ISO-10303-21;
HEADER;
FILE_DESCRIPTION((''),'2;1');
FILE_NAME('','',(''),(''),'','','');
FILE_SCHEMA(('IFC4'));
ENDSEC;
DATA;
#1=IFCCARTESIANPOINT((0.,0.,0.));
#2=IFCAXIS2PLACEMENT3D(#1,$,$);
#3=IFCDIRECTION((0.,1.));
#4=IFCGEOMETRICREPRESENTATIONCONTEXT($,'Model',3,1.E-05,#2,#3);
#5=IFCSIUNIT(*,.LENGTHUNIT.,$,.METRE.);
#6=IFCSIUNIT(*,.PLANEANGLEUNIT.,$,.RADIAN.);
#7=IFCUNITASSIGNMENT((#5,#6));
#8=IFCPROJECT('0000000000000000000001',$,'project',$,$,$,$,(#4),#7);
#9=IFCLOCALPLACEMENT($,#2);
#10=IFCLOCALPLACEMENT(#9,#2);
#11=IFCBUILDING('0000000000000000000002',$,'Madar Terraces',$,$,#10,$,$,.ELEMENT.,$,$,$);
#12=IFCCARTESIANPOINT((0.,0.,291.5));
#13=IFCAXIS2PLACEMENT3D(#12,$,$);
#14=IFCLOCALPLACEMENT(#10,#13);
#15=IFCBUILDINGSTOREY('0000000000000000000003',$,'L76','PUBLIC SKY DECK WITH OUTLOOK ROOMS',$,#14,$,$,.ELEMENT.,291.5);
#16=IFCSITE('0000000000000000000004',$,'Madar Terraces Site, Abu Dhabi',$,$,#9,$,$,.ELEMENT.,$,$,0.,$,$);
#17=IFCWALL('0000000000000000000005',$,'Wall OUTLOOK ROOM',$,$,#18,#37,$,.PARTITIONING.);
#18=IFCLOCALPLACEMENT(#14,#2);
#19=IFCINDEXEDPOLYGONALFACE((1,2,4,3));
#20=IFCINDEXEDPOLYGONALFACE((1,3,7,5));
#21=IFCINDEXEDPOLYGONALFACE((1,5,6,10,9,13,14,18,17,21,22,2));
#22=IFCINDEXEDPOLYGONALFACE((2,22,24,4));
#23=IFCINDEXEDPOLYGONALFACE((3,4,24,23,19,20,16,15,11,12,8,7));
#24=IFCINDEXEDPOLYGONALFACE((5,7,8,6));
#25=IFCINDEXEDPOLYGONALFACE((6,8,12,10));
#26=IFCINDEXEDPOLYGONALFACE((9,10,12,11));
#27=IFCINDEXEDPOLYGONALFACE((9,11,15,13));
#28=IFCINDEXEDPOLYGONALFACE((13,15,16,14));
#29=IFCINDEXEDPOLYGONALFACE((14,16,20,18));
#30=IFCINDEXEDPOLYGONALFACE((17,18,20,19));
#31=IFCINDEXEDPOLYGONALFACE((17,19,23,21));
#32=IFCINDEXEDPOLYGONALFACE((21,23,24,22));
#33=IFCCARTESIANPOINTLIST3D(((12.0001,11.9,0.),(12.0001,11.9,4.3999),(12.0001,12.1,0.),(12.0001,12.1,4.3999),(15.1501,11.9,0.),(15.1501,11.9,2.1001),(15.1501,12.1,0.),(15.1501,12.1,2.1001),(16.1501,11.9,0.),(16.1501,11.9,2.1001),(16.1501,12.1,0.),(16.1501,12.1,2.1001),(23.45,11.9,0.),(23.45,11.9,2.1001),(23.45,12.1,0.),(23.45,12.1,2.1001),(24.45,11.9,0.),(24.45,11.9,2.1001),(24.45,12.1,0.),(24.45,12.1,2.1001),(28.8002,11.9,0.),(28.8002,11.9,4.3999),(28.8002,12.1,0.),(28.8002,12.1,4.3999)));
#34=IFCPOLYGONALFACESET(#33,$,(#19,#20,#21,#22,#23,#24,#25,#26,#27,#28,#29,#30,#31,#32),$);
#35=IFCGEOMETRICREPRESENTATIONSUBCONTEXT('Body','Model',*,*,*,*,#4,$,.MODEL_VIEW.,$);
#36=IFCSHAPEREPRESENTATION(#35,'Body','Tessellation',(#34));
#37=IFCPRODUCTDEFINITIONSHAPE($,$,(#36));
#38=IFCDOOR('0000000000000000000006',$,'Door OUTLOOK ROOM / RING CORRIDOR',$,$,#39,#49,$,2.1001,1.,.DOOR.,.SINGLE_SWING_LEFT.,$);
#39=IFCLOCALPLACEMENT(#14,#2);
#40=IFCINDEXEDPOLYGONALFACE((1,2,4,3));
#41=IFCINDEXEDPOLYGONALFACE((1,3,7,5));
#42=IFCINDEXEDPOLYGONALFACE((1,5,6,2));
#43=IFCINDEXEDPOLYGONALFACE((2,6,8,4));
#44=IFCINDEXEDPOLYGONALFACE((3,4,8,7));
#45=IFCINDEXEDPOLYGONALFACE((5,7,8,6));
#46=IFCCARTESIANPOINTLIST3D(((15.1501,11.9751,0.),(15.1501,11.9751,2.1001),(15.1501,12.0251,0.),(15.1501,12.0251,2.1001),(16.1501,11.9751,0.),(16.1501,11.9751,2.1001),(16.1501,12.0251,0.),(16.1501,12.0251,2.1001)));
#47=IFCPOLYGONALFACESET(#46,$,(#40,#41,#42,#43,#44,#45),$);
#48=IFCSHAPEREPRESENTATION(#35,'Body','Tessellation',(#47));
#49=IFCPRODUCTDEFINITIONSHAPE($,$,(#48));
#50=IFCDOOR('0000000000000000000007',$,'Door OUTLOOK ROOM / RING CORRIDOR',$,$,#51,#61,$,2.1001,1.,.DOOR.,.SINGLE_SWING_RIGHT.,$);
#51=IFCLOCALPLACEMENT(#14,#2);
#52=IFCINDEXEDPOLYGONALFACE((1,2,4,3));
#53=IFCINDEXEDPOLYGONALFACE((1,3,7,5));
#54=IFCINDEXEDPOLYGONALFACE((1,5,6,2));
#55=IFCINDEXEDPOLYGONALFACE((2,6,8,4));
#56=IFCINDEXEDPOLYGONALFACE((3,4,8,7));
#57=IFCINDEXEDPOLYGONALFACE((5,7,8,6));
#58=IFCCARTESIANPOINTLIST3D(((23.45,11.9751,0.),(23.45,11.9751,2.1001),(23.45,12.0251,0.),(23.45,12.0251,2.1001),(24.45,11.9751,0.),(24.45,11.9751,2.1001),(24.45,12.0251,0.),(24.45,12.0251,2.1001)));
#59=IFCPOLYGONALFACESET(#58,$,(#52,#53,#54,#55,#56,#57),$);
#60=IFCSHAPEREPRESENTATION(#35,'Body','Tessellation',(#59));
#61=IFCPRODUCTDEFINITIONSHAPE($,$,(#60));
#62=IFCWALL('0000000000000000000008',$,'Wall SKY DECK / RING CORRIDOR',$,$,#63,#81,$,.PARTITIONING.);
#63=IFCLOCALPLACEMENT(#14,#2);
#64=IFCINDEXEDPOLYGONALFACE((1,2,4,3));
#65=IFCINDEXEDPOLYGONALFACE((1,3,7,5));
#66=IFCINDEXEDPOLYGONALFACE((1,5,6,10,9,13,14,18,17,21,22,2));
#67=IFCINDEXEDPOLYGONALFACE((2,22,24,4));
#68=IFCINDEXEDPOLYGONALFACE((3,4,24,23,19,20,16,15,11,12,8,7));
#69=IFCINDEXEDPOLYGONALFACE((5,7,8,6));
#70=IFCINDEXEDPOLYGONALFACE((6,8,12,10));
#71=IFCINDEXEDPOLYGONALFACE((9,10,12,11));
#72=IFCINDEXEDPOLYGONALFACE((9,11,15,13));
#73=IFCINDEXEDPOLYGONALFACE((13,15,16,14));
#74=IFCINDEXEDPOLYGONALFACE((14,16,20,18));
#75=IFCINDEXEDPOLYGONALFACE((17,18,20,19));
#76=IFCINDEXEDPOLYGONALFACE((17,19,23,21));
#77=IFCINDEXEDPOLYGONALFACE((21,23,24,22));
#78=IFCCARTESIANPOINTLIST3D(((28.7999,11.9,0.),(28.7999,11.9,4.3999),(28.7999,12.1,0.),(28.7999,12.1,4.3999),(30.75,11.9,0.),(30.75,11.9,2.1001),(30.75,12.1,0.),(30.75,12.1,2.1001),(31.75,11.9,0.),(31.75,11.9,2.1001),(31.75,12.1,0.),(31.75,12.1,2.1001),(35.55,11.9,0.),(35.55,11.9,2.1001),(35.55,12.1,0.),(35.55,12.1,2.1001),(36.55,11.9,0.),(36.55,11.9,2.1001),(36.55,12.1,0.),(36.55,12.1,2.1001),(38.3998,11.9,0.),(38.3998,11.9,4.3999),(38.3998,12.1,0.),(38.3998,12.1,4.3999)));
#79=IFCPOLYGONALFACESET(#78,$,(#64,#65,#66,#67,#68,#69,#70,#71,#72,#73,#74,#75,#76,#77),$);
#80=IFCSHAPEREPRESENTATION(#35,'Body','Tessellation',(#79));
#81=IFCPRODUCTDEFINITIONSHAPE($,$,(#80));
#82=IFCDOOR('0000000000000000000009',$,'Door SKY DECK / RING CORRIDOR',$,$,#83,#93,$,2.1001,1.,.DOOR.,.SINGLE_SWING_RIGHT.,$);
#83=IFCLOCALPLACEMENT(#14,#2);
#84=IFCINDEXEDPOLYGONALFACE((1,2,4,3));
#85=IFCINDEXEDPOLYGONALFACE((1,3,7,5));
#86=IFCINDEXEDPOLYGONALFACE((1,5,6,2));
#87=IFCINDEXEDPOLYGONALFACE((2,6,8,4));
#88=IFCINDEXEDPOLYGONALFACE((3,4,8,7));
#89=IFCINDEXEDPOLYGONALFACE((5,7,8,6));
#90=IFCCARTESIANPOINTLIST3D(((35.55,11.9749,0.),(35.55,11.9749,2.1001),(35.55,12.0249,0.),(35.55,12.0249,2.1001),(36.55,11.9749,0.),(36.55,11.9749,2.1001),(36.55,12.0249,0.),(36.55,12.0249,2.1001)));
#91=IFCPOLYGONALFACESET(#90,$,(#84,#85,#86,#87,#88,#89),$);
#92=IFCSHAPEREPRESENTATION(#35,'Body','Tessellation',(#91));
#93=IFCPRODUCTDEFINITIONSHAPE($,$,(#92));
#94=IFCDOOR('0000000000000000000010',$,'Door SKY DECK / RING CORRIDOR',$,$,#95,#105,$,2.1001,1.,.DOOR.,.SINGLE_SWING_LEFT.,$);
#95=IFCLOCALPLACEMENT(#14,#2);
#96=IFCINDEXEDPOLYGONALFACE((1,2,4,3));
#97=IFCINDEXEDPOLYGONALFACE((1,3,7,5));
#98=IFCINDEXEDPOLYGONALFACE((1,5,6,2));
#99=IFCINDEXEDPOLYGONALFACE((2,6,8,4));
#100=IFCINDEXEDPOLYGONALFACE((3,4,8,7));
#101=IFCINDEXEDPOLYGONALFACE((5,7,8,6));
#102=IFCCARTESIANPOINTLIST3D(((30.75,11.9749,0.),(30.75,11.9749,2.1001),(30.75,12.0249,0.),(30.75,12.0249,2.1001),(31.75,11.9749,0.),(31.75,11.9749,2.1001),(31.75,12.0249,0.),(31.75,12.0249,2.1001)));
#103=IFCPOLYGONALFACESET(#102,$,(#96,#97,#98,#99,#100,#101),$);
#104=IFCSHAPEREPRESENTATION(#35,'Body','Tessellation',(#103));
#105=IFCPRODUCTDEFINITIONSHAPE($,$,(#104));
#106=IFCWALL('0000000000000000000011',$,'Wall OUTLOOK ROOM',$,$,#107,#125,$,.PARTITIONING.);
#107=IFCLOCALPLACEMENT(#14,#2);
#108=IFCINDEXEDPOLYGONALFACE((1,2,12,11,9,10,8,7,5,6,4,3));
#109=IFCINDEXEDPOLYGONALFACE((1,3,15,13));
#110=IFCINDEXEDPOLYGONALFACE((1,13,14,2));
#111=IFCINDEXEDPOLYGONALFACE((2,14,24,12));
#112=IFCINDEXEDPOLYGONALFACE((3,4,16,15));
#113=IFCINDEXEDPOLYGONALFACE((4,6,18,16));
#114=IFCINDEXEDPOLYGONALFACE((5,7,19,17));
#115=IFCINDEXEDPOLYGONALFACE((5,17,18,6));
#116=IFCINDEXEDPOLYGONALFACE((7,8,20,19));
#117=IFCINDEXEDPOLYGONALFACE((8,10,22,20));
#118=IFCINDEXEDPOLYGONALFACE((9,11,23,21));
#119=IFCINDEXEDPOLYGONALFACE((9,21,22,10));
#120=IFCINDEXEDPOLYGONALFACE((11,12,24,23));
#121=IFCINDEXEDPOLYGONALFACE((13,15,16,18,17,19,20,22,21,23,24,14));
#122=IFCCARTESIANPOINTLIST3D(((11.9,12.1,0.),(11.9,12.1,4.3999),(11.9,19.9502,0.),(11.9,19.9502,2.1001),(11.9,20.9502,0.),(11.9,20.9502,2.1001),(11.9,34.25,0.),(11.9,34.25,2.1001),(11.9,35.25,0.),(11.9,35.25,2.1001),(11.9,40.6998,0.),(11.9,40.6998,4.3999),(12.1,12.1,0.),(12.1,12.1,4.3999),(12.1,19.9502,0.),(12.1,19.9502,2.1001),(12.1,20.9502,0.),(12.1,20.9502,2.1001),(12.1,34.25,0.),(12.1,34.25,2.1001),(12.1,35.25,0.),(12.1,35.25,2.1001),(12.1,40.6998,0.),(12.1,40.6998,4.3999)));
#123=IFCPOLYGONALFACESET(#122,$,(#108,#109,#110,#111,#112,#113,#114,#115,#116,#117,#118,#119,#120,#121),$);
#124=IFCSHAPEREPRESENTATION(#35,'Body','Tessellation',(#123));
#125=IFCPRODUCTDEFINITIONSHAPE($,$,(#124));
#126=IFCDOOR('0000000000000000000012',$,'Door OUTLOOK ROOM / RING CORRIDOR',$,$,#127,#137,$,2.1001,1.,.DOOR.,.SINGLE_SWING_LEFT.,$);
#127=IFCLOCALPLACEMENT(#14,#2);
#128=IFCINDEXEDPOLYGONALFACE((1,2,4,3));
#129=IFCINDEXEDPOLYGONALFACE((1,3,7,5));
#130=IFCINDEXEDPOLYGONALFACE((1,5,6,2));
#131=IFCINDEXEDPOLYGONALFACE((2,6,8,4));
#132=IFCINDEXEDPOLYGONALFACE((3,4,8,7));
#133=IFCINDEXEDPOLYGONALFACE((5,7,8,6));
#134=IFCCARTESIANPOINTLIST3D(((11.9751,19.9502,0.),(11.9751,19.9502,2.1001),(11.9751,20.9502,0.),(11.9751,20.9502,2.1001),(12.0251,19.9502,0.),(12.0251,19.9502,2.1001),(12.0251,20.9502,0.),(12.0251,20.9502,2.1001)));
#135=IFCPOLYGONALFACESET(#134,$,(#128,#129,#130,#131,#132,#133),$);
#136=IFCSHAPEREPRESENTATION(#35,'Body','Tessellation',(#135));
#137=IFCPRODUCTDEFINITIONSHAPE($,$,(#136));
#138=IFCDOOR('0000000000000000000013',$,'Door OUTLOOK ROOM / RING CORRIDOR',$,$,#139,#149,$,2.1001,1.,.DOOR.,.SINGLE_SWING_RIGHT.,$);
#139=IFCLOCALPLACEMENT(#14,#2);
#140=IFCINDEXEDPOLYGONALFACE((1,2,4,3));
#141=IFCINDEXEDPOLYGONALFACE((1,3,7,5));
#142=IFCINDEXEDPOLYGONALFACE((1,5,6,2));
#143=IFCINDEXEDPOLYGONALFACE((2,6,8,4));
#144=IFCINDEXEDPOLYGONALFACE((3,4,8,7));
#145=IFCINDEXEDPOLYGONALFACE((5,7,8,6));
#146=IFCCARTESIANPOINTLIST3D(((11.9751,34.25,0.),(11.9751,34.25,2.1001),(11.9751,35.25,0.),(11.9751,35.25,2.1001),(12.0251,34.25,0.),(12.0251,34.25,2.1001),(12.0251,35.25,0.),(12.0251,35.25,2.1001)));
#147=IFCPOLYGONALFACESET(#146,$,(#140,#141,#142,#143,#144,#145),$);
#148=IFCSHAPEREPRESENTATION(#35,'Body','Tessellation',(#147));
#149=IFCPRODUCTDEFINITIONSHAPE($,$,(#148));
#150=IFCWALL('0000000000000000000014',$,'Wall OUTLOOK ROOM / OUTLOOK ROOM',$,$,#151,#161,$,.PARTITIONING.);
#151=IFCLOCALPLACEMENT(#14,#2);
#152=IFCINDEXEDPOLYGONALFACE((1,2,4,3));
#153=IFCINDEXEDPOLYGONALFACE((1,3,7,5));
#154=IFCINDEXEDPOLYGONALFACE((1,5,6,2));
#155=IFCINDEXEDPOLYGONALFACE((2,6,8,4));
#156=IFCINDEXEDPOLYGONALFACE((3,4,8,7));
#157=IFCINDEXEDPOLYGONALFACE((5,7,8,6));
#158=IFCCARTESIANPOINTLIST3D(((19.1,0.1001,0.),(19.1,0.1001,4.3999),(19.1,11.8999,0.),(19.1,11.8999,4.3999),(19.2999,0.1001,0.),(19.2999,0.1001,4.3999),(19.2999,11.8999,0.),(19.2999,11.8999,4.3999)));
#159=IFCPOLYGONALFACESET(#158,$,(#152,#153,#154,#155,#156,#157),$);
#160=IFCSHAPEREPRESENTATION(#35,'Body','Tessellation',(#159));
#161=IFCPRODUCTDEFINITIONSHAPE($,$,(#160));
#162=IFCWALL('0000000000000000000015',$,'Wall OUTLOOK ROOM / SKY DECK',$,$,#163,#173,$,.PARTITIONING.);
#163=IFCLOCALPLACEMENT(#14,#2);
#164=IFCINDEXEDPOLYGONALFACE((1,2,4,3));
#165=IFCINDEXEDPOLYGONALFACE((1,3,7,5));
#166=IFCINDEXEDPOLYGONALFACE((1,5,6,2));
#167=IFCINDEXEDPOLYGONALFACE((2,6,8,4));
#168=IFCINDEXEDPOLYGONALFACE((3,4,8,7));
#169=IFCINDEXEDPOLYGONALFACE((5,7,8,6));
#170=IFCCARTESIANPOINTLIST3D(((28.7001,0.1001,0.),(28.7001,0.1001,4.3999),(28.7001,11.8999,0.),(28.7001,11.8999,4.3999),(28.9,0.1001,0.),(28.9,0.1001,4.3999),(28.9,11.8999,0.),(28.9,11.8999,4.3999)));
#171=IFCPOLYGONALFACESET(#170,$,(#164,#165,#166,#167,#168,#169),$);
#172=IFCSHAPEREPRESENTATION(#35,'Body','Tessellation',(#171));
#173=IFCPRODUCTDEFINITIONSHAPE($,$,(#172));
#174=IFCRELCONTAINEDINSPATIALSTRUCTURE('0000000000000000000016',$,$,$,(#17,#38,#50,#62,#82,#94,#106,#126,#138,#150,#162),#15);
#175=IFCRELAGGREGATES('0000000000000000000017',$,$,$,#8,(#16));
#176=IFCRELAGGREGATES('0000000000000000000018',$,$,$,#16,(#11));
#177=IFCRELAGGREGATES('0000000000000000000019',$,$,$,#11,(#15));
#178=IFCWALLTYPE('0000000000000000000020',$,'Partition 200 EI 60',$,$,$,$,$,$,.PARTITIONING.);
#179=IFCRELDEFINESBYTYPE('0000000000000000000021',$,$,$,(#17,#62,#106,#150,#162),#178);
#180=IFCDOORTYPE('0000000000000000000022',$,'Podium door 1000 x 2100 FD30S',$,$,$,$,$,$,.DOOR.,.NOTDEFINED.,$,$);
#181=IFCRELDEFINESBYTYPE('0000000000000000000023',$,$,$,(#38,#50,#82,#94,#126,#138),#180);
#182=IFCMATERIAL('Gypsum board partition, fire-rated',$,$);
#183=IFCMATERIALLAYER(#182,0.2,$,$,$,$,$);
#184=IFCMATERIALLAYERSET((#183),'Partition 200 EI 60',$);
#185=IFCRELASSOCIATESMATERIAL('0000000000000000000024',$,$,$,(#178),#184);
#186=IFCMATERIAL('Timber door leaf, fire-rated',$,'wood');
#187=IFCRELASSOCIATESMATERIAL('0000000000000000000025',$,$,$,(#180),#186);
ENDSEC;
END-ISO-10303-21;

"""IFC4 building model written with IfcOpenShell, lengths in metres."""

from ifc_helpers import new_model, si_unit, direction, frame, frame_2d, origin, place, context, subcontext, project, spatial, rectangle, extrude, material, layer, layer_set, type_object, element, fill, save


model = new_model("IFC4")

# Units and contexts
model_context = context("Model", 3, precision=1e-05, world=origin(), true_north=direction((0.0, 1.0)))
body_context = subcontext(model_context, "Body", "Model", "MODEL_VIEW")
ifc_project = project(units=[si_unit("LENGTHUNIT", "METRE"), si_unit("PLANEANGLEUNIT", "RADIAN")], contexts=[model_context])

# Site, building, storey
site_placement = place(None, origin())
site = spatial("IfcSite", under=ifc_project, at=site_placement, Name="Madar Terraces Site, Abu Dhabi", CompositionType="ELEMENT", RefElevation=0.0)
building_placement = place(site_placement, origin())
building = spatial("IfcBuilding", under=site, at=building_placement, Name="Madar Terraces", CompositionType="ELEMENT")
storey_placement = place(building_placement, frame((0.0, 0.0, 291.5)))
storey = spatial("IfcBuildingStorey", under=building, at=storey_placement, Name="L76", Description="PUBLIC SKY DECK WITH OUTLOOK ROOMS", CompositionType="ELEMENT", Elevation=291.5)

# Walls, openings, doors
ifc_material_1 = material(Name="Gypsum board partition, fire-rated")
ifc_layer_1 = layer(ifc_material_1, 0.2)
ifc_layer_set_1 = layer_set([ifc_layer_1], Name="Partition 200 EI 60")
wall_type_1 = type_object("IfcWallType", Name="Partition 200 EI 60", PredefinedType="PARTITIONING", material=ifc_layer_set_1)
wall_1_placement = place(storey_placement, frame((28.8, 12.0, 0.0), z_axis=(0.0, 0.0, 1.0), x_axis=(-1.0, 0.0, 0.0)))
wall_1 = element("IfcWall", 1, at=wall_1_placement, inside=storey, type_object=wall_type_1, Name="Wall OUTLOOK ROOM", PredefinedType="PARTITIONING", context=body_context, shape_type="SweptSolid", body=[
    extrude(rectangle(XDim=16.8, YDim=0.2, at=frame_2d((8.3999, 0.0))), origin(), (0.0, 0.0, 1.0), 4.3999),
])
opening_1_placement = place(wall_1_placement, frame((12.6499, 0.0, 0.0)))
opening_1 = element("IfcOpeningElement", 2, at=opening_1_placement, cuts=wall_1, PredefinedType="OPENING", context=body_context, shape_type="SweptSolid", body=[
    extrude(rectangle(XDim=1.0, YDim=2.1001, at=frame_2d((0.5, 1.05))), frame((0.0, 0.1099, 0.0), z_axis=(0.0, -1.0, 0.0), x_axis=(1.0, 0.0, 0.0)), (0.0, 0.0, 1.0), 0.22),
])
opening_2_placement = place(wall_1_placement, frame((4.3501, 0.0, 0.0)))
opening_2 = element("IfcOpeningElement", 3, at=opening_2_placement, cuts=wall_1, PredefinedType="OPENING", context=body_context, shape_type="SweptSolid", body=[
    extrude(rectangle(XDim=1.0, YDim=2.1001, at=frame_2d((0.5, 1.05))), frame((0.0, 0.1099, 0.0), z_axis=(0.0, -1.0, 0.0), x_axis=(1.0, 0.0, 0.0)), (0.0, 0.0, 1.0), 0.22),
])
ifc_material_2 = material(Name="Timber door leaf, fire-rated", Category="wood")
door_type_1 = type_object("IfcDoorType", Name="Podium door 1000 x 2100 FD30S", OperationType="NOTDEFINED", PredefinedType="DOOR", material=ifc_material_2)
door_1_placement = place(opening_1_placement, origin())
door_1 = element("IfcDoor", 4, at=door_1_placement, inside=storey, type_object=door_type_1, Name="Door OUTLOOK ROOM / RING CORRIDOR", OperationType="SINGLE_SWING_LEFT", OverallHeight=2.1001, OverallWidth=1.0, PredefinedType="DOOR", context=body_context, shape_type="SweptSolid", body=[
    extrude(rectangle(XDim=1.0, YDim=2.1001, at=frame_2d((0.5, 1.05))), frame((0.0, 0.0249, 0.0), z_axis=(0.0, -1.0, 0.0), x_axis=(1.0, 0.0, 0.0)), (0.0, 0.0, 1.0), 0.05),
])
fill(opening_1, door_1)
door_2_placement = place(opening_2_placement, origin())
door_2 = element("IfcDoor", 5, at=door_2_placement, inside=storey, type_object=door_type_1, Name="Door OUTLOOK ROOM / RING CORRIDOR", OperationType="SINGLE_SWING_RIGHT", OverallHeight=2.1001, OverallWidth=1.0, PredefinedType="DOOR", context=body_context, shape_type="SweptSolid", body=[
    extrude(rectangle(XDim=1.0, YDim=2.1001, at=frame_2d((0.5, 1.05))), frame((0.0, 0.0249, 0.0), z_axis=(0.0, -1.0, 0.0), x_axis=(1.0, 0.0, 0.0)), (0.0, 0.0, 1.0), 0.05),
])
fill(opening_2, door_2)
wall_2_placement = place(storey_placement, frame((28.8, 12.0, 0.0), z_axis=(0.0, 0.0, 1.0), x_axis=(1.0, 0.0, 0.0)))
wall_2 = element("IfcWall", 6, at=wall_2_placement, inside=storey, type_object=wall_type_1, Name="Wall SKY DECK / RING CORRIDOR", PredefinedType="PARTITIONING", context=body_context, shape_type="SweptSolid", body=[
    extrude(rectangle(XDim=9.5999, YDim=0.2, at=frame_2d((4.7998, 0.0))), origin(), (0.0, 0.0, 1.0), 4.3999),
])
opening_3_placement = place(wall_2_placement, frame((6.75, 0.0, 0.0)))
opening_3 = element("IfcOpeningElement", 7, at=opening_3_placement, cuts=wall_2, PredefinedType="OPENING", context=body_context, shape_type="SweptSolid", body=[
    extrude(rectangle(XDim=1.0, YDim=2.1001, at=frame_2d((0.5, 1.05))), frame((0.0, 0.1099, 0.0), z_axis=(0.0, -1.0, 0.0), x_axis=(1.0, 0.0, 0.0)), (0.0, 0.0, 1.0), 0.22),
])
opening_4_placement = place(wall_2_placement, frame((1.95, 0.0, 0.0)))
opening_4 = element("IfcOpeningElement", 8, at=opening_4_placement, cuts=wall_2, PredefinedType="OPENING", context=body_context, shape_type="SweptSolid", body=[
    extrude(rectangle(XDim=1.0, YDim=2.1001, at=frame_2d((0.5, 1.05))), frame((0.0, 0.1099, 0.0), z_axis=(0.0, -1.0, 0.0), x_axis=(1.0, 0.0, 0.0)), (0.0, 0.0, 1.0), 0.22),
])
door_3_placement = place(opening_3_placement, origin())
door_3 = element("IfcDoor", 9, at=door_3_placement, inside=storey, type_object=door_type_1, Name="Door SKY DECK / RING CORRIDOR", OperationType="SINGLE_SWING_RIGHT", OverallHeight=2.1001, OverallWidth=1.0, PredefinedType="DOOR", context=body_context, shape_type="SweptSolid", body=[
    extrude(rectangle(XDim=1.0, YDim=2.1001, at=frame_2d((0.5, 1.05))), frame((0.0, 0.0249, 0.0), z_axis=(0.0, -1.0, 0.0), x_axis=(1.0, 0.0, 0.0)), (0.0, 0.0, 1.0), 0.05),
])
fill(opening_3, door_3)
door_4_placement = place(opening_4_placement, origin())
door_4 = element("IfcDoor", 10, at=door_4_placement, inside=storey, type_object=door_type_1, Name="Door SKY DECK / RING CORRIDOR", OperationType="SINGLE_SWING_LEFT", OverallHeight=2.1001, OverallWidth=1.0, PredefinedType="DOOR", context=body_context, shape_type="SweptSolid", body=[
    extrude(rectangle(XDim=1.0, YDim=2.1001, at=frame_2d((0.5, 1.05))), frame((0.0, 0.0249, 0.0), z_axis=(0.0, -1.0, 0.0), x_axis=(1.0, 0.0, 0.0)), (0.0, 0.0, 1.0), 0.05),
])
fill(opening_4, door_4)
wall_3_placement = place(storey_placement, frame((12.0, 12.1001, 0.0), z_axis=(0.0, 0.0, 1.0), x_axis=(0.0, 1.0, 0.0)))
wall_3 = element("IfcWall", 11, at=wall_3_placement, inside=storey, type_object=wall_type_1, Name="Wall OUTLOOK ROOM", PredefinedType="PARTITIONING", context=body_context, shape_type="SweptSolid", body=[
    extrude(rectangle(XDim=28.5999, YDim=0.2, at=frame_2d((14.2998, 0.0))), origin(), (0.0, 0.0, 1.0), 4.3999),
])
opening_5_placement = place(wall_3_placement, frame((7.8501, 0.0, 0.0)))
opening_5 = element("IfcOpeningElement", 12, at=opening_5_placement, cuts=wall_3, PredefinedType="OPENING", context=body_context, shape_type="SweptSolid", body=[
    extrude(rectangle(XDim=1.0, YDim=2.1001, at=frame_2d((0.5, 1.05))), frame((0.0, 0.1099, 0.0), z_axis=(0.0, -1.0, 0.0), x_axis=(1.0, 0.0, 0.0)), (0.0, 0.0, 1.0), 0.22),
])
opening_6_placement = place(wall_3_placement, frame((22.1499, 0.0, 0.0)))
opening_6 = element("IfcOpeningElement", 13, at=opening_6_placement, cuts=wall_3, PredefinedType="OPENING", context=body_context, shape_type="SweptSolid", body=[
    extrude(rectangle(XDim=1.0, YDim=2.1001, at=frame_2d((0.5, 1.05))), frame((0.0, 0.1099, 0.0), z_axis=(0.0, -1.0, 0.0), x_axis=(1.0, 0.0, 0.0)), (0.0, 0.0, 1.0), 0.22),
])
door_5_placement = place(opening_5_placement, origin())
door_5 = element("IfcDoor", 14, at=door_5_placement, inside=storey, type_object=door_type_1, Name="Door OUTLOOK ROOM / RING CORRIDOR", OperationType="SINGLE_SWING_LEFT", OverallHeight=2.1001, OverallWidth=1.0, PredefinedType="DOOR", context=body_context, shape_type="SweptSolid", body=[
    extrude(rectangle(XDim=1.0, YDim=2.1001, at=frame_2d((0.5, 1.05))), frame((0.0, 0.0249, 0.0), z_axis=(0.0, -1.0, 0.0), x_axis=(1.0, 0.0, 0.0)), (0.0, 0.0, 1.0), 0.05),
])
fill(opening_5, door_5)
door_6_placement = place(opening_6_placement, origin())
door_6 = element("IfcDoor", 15, at=door_6_placement, inside=storey, type_object=door_type_1, Name="Door OUTLOOK ROOM / RING CORRIDOR", OperationType="SINGLE_SWING_RIGHT", OverallHeight=2.1001, OverallWidth=1.0, PredefinedType="DOOR", context=body_context, shape_type="SweptSolid", body=[
    extrude(rectangle(XDim=1.0, YDim=2.1001, at=frame_2d((0.5, 1.05))), frame((0.0, 0.0249, 0.0), z_axis=(0.0, -1.0, 0.0), x_axis=(1.0, 0.0, 0.0)), (0.0, 0.0, 1.0), 0.05),
])
fill(opening_6, door_6)

# Walls
for number, where, z_axis, x_axis, name in (
    (16, (19.2, 0.1001, 0.0), (0.0, 0.0, 1.0), (0.0, 1.0, 0.0), "Wall OUTLOOK ROOM / OUTLOOK ROOM"),
    (17, (28.8, 0.1001, 0.0), (0.0, 0.0, 1.0), (0.0, 1.0, 0.0), "Wall OUTLOOK ROOM / SKY DECK"),
):
    element("IfcWall", number, at=place(storey_placement, frame(where, z_axis=z_axis, x_axis=x_axis)), inside=storey, type_object=wall_type_1, Name=name, PredefinedType="PARTITIONING", context=body_context, shape_type="SweptSolid", body=[
        extrude(rectangle(XDim=11.7998, YDim=0.2, at=frame_2d((5.8999, 0.0))), origin(), (0.0, 0.0, 1.0), 4.3999),
    ])

save(model, "model.ifc")
